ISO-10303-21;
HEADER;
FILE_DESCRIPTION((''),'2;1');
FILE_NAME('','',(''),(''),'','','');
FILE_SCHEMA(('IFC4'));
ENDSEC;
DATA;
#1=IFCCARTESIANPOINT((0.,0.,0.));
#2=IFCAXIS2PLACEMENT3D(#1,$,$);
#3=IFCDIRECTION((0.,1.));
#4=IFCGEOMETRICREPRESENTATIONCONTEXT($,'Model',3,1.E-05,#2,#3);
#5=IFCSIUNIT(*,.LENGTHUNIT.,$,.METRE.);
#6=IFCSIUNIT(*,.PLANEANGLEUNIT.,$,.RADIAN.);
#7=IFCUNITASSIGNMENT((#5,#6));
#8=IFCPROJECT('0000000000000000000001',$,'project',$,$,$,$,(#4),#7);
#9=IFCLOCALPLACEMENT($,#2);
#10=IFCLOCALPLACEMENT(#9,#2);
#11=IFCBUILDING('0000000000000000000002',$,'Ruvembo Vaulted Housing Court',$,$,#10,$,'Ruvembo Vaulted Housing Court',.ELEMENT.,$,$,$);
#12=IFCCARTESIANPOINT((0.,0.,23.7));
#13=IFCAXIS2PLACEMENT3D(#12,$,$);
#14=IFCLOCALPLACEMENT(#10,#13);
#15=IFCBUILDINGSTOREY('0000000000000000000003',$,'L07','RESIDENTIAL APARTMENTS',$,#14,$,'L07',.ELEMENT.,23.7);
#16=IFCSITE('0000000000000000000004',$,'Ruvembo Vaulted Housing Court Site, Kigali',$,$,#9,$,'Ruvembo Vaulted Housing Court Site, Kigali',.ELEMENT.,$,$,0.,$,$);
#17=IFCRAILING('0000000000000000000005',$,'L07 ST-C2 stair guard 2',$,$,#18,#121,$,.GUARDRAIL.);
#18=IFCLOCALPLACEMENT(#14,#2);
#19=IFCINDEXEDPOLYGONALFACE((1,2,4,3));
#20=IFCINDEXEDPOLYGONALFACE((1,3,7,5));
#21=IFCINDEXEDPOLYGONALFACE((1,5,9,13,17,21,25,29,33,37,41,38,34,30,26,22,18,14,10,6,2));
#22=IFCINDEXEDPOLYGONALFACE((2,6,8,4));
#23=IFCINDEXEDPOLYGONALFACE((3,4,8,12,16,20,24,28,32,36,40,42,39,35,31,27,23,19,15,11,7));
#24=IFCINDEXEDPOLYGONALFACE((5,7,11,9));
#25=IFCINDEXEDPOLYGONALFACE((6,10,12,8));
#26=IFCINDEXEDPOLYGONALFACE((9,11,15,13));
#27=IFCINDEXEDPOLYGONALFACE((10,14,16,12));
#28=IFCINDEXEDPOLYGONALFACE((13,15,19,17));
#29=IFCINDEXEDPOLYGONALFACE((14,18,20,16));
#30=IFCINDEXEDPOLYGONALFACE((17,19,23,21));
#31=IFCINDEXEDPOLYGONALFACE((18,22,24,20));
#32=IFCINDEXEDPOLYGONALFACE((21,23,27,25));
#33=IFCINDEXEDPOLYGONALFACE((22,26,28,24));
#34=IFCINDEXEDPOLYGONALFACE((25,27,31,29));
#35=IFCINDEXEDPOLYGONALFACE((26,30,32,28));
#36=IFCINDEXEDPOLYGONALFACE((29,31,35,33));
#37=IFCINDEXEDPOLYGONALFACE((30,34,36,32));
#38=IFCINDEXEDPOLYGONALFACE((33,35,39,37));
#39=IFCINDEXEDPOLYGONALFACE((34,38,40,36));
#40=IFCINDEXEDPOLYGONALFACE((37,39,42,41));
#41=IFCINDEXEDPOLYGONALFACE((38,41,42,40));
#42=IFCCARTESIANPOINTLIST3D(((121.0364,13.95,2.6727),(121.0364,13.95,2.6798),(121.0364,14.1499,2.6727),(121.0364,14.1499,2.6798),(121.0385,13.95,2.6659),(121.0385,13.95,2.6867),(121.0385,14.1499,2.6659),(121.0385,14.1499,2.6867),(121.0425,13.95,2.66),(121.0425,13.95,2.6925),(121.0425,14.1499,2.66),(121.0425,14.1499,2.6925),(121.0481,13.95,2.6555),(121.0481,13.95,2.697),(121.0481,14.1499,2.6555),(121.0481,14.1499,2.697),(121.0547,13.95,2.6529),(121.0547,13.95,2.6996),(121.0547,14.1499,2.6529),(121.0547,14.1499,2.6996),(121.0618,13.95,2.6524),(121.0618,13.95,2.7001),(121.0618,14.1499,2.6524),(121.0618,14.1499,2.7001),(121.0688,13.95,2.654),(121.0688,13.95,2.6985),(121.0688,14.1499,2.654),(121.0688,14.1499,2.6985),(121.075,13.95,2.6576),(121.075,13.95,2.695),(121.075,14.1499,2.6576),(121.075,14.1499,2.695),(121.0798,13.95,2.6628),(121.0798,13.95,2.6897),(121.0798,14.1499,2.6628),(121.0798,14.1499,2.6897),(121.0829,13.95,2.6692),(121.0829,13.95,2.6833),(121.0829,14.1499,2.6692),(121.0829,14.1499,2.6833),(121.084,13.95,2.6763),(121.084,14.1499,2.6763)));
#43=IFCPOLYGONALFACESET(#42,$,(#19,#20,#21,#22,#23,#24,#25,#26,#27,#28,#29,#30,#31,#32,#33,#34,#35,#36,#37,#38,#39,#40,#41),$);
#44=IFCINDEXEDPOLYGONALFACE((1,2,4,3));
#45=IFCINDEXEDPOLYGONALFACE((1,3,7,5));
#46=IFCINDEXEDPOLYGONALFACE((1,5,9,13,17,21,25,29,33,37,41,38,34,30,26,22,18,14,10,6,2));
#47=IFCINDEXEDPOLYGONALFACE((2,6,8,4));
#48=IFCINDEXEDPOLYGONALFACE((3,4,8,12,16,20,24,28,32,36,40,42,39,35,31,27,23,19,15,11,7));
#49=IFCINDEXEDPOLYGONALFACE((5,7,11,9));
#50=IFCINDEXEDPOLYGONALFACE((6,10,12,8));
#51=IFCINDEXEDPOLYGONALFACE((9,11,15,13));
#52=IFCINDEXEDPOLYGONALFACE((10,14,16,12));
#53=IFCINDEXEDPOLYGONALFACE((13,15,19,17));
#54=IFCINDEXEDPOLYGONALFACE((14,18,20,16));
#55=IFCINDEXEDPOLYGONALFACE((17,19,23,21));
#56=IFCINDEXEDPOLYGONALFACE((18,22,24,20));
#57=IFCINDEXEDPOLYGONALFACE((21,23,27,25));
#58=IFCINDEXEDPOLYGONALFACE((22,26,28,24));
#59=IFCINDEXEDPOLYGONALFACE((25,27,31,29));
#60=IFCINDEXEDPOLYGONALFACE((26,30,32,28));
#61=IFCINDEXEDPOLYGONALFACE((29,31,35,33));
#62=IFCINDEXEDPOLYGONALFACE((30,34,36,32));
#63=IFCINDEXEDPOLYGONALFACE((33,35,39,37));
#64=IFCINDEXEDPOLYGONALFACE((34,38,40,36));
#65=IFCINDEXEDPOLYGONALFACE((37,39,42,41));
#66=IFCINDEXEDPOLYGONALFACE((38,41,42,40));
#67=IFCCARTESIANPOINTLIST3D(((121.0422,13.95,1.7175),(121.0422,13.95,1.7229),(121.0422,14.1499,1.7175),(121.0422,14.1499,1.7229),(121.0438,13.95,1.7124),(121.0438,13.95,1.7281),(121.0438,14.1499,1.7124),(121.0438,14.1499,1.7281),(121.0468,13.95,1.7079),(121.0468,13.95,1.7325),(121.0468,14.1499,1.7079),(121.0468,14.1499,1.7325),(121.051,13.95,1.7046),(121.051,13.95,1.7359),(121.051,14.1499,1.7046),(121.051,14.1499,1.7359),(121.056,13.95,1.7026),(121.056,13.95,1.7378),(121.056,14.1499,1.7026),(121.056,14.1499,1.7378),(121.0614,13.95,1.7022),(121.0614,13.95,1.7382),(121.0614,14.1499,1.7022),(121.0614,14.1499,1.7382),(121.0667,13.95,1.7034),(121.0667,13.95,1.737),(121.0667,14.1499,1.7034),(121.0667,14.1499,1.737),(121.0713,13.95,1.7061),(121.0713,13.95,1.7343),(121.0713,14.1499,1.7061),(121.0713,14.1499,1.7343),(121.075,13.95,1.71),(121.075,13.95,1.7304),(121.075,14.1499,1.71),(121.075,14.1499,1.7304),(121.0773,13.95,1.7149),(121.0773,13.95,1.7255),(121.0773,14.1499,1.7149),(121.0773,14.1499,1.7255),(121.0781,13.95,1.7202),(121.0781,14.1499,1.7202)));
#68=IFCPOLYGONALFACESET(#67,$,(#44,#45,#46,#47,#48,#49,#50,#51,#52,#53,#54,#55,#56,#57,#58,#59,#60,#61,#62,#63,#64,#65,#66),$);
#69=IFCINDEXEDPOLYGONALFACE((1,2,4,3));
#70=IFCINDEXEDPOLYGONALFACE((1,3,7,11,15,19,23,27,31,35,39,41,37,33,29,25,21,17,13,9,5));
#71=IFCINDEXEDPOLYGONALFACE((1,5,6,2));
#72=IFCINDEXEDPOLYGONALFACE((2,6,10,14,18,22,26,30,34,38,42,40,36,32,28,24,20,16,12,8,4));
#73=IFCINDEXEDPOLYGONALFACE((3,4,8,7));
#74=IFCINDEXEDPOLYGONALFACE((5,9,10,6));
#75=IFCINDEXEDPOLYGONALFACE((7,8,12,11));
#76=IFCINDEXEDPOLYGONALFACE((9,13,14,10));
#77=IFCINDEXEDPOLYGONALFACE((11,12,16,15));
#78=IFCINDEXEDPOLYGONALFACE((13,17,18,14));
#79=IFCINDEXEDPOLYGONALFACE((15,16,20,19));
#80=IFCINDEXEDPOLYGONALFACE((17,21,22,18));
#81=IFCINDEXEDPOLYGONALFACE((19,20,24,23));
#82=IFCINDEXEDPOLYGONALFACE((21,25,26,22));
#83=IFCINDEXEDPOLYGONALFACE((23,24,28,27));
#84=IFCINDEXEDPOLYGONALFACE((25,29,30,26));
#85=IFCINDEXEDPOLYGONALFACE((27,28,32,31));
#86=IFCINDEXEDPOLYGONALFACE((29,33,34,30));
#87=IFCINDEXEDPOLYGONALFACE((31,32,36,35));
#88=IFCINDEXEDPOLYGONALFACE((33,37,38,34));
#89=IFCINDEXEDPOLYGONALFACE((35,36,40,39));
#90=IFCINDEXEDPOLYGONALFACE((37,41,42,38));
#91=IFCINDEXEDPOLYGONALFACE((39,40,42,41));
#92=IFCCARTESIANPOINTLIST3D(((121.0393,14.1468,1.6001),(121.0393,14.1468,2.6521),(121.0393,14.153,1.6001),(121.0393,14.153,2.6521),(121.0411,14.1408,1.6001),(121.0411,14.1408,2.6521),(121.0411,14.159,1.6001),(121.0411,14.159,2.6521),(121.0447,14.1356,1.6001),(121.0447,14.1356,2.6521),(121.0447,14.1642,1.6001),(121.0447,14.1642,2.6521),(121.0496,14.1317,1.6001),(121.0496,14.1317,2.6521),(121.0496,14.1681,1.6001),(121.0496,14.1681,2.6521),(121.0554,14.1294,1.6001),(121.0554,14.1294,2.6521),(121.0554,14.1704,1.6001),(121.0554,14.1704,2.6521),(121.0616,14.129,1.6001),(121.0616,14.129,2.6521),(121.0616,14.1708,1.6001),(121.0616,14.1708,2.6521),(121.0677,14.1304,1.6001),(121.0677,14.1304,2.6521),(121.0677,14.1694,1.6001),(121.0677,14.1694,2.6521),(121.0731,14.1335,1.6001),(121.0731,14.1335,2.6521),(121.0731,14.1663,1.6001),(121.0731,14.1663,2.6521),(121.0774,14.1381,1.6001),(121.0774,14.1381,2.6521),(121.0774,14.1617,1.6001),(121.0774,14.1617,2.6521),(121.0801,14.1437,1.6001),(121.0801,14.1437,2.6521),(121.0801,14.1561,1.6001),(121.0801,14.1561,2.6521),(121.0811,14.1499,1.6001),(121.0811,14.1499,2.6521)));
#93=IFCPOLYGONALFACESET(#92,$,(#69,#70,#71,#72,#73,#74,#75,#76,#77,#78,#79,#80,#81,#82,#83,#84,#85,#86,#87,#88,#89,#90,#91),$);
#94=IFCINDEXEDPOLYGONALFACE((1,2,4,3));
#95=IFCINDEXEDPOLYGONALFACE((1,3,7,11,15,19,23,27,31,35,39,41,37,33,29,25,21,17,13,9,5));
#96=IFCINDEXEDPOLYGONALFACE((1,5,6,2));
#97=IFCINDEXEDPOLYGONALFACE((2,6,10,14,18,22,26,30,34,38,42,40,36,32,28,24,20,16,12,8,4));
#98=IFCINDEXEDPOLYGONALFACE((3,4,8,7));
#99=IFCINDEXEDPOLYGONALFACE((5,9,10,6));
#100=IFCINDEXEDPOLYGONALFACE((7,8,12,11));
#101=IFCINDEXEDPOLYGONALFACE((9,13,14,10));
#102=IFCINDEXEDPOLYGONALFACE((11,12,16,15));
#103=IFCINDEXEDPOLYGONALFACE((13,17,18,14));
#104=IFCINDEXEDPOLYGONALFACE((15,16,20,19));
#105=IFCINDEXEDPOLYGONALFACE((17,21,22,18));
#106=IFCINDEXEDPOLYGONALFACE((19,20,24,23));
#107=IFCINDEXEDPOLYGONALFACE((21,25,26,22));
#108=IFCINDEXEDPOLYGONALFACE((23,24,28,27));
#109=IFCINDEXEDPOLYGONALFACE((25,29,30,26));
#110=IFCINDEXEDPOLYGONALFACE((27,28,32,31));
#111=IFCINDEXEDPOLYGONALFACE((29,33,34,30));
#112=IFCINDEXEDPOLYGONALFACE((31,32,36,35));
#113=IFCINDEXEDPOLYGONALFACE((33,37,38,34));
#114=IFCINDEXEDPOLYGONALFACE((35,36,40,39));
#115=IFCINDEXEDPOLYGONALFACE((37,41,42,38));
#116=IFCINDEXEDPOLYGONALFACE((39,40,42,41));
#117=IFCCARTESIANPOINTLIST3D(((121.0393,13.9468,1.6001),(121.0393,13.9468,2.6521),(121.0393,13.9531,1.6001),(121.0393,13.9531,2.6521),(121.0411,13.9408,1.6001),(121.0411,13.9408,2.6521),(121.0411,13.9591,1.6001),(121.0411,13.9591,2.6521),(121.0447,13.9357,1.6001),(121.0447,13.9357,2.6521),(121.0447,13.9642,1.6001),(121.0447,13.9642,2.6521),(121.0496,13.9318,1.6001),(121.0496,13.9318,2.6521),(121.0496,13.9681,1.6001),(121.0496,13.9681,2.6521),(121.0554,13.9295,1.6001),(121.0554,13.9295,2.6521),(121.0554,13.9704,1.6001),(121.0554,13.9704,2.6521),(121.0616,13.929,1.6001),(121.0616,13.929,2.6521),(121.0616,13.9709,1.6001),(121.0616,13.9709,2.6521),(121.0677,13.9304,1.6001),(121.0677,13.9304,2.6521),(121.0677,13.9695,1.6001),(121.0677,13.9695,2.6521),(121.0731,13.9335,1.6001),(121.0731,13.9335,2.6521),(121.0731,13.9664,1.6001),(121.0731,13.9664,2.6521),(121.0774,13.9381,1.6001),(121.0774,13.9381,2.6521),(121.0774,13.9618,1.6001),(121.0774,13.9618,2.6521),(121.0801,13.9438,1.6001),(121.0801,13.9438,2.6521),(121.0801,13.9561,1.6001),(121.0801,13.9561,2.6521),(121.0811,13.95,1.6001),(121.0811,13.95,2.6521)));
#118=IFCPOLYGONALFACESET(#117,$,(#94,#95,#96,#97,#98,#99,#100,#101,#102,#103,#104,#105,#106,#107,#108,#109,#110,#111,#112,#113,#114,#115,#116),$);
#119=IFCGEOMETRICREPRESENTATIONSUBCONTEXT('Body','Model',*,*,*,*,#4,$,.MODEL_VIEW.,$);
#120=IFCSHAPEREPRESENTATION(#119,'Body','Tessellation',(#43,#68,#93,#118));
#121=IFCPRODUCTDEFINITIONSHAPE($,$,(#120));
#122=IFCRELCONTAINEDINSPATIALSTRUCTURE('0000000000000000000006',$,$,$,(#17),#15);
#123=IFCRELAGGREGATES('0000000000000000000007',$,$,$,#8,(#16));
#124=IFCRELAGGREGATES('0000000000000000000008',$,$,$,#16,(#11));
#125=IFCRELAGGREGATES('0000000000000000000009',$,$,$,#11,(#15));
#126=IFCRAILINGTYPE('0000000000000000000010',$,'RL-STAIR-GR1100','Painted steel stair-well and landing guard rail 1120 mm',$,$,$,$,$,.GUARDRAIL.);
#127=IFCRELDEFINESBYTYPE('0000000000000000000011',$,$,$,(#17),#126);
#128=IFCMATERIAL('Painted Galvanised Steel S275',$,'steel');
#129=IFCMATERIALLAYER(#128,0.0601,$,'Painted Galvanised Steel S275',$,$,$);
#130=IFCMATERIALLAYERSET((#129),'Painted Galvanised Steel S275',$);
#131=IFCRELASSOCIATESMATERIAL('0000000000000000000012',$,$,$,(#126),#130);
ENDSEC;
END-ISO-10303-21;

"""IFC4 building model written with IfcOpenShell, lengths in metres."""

from ifc_helpers import new_model, si_unit, direction, frame, origin, origin_2d, place, context, subcontext, project, spatial, circle, extrude, material, layer, layer_set, type_object, element, save


model = new_model("IFC4")

# Units and contexts
model_context = context("Model", 3, precision=1e-05, world=origin(), true_north=direction((0.0, 1.0)))
body_context = subcontext(model_context, "Body", "Model", "MODEL_VIEW")
ifc_project = project(units=[si_unit("LENGTHUNIT", "METRE"), si_unit("PLANEANGLEUNIT", "RADIAN")], contexts=[model_context])

# Site, building, storey
site_placement = place(None, origin())
site = spatial("IfcSite", under=ifc_project, at=site_placement, Name="Ruvembo Vaulted Housing Court Site, Kigali", LongName="Ruvembo Vaulted Housing Court Site, Kigali", CompositionType="ELEMENT", RefElevation=0.0)
building_placement = place(site_placement, origin())
building = spatial("IfcBuilding", under=site, at=building_placement, Name="Ruvembo Vaulted Housing Court", LongName="Ruvembo Vaulted Housing Court", CompositionType="ELEMENT")
storey_placement = place(building_placement, frame((0.0, 0.0, 23.7)))
storey = spatial("IfcBuildingStorey", under=building, at=storey_placement, Name="L07", Description="RESIDENTIAL APARTMENTS", LongName="L07", CompositionType="ELEMENT", Elevation=23.7)

# Railing
ifc_material_1 = material(Name="Painted Galvanised Steel S275", Category="steel")
ifc_layer_1 = layer(ifc_material_1, 0.0601, Name="Painted Galvanised Steel S275")
ifc_layer_set_1 = layer_set([ifc_layer_1], Name="Painted Galvanised Steel S275")
railing_type_1 = type_object("IfcRailingType", Name="RL-STAIR-GR1100", Description="Painted steel stair-well and landing guard rail 1120 mm", PredefinedType="GUARDRAIL", material=ifc_layer_set_1)
railing_1_placement = place(storey_placement, frame((121.0601, 14.1499, 1.6001)))
element("IfcRailing", 1, at=railing_1_placement, inside=storey, type_object=railing_type_1, Name="L07 ST-C2 stair guard 2", PredefinedType="GUARDRAIL", context=body_context, shape_type="SweptSolid", body=[
    extrude(circle(Radius=0.0239, at=origin_2d()), frame((0.0, 0.0, 1.0762), z_axis=(0.0, -1.0, 0.0), x_axis=(1.0, 0.0, 0.0)), (0.0, 0.0, 1.0), 0.2),
    extrude(circle(Radius=0.0181, at=origin_2d()), frame((0.0, 0.0, 0.1201), z_axis=(0.0, -1.0, 0.0), x_axis=(1.0, 0.0, 0.0)), (0.0, 0.0, 1.0), 0.2),
    extrude(circle(Radius=0.021, at=origin_2d()), origin(), (0.0, 0.0, 1.0), 1.052),
    extrude(circle(Radius=0.021, at=origin_2d()), frame((0.0, -0.2, 0.0)), (0.0, 0.0, 1.0), 1.052),
])

save(model, "model.ifc")
